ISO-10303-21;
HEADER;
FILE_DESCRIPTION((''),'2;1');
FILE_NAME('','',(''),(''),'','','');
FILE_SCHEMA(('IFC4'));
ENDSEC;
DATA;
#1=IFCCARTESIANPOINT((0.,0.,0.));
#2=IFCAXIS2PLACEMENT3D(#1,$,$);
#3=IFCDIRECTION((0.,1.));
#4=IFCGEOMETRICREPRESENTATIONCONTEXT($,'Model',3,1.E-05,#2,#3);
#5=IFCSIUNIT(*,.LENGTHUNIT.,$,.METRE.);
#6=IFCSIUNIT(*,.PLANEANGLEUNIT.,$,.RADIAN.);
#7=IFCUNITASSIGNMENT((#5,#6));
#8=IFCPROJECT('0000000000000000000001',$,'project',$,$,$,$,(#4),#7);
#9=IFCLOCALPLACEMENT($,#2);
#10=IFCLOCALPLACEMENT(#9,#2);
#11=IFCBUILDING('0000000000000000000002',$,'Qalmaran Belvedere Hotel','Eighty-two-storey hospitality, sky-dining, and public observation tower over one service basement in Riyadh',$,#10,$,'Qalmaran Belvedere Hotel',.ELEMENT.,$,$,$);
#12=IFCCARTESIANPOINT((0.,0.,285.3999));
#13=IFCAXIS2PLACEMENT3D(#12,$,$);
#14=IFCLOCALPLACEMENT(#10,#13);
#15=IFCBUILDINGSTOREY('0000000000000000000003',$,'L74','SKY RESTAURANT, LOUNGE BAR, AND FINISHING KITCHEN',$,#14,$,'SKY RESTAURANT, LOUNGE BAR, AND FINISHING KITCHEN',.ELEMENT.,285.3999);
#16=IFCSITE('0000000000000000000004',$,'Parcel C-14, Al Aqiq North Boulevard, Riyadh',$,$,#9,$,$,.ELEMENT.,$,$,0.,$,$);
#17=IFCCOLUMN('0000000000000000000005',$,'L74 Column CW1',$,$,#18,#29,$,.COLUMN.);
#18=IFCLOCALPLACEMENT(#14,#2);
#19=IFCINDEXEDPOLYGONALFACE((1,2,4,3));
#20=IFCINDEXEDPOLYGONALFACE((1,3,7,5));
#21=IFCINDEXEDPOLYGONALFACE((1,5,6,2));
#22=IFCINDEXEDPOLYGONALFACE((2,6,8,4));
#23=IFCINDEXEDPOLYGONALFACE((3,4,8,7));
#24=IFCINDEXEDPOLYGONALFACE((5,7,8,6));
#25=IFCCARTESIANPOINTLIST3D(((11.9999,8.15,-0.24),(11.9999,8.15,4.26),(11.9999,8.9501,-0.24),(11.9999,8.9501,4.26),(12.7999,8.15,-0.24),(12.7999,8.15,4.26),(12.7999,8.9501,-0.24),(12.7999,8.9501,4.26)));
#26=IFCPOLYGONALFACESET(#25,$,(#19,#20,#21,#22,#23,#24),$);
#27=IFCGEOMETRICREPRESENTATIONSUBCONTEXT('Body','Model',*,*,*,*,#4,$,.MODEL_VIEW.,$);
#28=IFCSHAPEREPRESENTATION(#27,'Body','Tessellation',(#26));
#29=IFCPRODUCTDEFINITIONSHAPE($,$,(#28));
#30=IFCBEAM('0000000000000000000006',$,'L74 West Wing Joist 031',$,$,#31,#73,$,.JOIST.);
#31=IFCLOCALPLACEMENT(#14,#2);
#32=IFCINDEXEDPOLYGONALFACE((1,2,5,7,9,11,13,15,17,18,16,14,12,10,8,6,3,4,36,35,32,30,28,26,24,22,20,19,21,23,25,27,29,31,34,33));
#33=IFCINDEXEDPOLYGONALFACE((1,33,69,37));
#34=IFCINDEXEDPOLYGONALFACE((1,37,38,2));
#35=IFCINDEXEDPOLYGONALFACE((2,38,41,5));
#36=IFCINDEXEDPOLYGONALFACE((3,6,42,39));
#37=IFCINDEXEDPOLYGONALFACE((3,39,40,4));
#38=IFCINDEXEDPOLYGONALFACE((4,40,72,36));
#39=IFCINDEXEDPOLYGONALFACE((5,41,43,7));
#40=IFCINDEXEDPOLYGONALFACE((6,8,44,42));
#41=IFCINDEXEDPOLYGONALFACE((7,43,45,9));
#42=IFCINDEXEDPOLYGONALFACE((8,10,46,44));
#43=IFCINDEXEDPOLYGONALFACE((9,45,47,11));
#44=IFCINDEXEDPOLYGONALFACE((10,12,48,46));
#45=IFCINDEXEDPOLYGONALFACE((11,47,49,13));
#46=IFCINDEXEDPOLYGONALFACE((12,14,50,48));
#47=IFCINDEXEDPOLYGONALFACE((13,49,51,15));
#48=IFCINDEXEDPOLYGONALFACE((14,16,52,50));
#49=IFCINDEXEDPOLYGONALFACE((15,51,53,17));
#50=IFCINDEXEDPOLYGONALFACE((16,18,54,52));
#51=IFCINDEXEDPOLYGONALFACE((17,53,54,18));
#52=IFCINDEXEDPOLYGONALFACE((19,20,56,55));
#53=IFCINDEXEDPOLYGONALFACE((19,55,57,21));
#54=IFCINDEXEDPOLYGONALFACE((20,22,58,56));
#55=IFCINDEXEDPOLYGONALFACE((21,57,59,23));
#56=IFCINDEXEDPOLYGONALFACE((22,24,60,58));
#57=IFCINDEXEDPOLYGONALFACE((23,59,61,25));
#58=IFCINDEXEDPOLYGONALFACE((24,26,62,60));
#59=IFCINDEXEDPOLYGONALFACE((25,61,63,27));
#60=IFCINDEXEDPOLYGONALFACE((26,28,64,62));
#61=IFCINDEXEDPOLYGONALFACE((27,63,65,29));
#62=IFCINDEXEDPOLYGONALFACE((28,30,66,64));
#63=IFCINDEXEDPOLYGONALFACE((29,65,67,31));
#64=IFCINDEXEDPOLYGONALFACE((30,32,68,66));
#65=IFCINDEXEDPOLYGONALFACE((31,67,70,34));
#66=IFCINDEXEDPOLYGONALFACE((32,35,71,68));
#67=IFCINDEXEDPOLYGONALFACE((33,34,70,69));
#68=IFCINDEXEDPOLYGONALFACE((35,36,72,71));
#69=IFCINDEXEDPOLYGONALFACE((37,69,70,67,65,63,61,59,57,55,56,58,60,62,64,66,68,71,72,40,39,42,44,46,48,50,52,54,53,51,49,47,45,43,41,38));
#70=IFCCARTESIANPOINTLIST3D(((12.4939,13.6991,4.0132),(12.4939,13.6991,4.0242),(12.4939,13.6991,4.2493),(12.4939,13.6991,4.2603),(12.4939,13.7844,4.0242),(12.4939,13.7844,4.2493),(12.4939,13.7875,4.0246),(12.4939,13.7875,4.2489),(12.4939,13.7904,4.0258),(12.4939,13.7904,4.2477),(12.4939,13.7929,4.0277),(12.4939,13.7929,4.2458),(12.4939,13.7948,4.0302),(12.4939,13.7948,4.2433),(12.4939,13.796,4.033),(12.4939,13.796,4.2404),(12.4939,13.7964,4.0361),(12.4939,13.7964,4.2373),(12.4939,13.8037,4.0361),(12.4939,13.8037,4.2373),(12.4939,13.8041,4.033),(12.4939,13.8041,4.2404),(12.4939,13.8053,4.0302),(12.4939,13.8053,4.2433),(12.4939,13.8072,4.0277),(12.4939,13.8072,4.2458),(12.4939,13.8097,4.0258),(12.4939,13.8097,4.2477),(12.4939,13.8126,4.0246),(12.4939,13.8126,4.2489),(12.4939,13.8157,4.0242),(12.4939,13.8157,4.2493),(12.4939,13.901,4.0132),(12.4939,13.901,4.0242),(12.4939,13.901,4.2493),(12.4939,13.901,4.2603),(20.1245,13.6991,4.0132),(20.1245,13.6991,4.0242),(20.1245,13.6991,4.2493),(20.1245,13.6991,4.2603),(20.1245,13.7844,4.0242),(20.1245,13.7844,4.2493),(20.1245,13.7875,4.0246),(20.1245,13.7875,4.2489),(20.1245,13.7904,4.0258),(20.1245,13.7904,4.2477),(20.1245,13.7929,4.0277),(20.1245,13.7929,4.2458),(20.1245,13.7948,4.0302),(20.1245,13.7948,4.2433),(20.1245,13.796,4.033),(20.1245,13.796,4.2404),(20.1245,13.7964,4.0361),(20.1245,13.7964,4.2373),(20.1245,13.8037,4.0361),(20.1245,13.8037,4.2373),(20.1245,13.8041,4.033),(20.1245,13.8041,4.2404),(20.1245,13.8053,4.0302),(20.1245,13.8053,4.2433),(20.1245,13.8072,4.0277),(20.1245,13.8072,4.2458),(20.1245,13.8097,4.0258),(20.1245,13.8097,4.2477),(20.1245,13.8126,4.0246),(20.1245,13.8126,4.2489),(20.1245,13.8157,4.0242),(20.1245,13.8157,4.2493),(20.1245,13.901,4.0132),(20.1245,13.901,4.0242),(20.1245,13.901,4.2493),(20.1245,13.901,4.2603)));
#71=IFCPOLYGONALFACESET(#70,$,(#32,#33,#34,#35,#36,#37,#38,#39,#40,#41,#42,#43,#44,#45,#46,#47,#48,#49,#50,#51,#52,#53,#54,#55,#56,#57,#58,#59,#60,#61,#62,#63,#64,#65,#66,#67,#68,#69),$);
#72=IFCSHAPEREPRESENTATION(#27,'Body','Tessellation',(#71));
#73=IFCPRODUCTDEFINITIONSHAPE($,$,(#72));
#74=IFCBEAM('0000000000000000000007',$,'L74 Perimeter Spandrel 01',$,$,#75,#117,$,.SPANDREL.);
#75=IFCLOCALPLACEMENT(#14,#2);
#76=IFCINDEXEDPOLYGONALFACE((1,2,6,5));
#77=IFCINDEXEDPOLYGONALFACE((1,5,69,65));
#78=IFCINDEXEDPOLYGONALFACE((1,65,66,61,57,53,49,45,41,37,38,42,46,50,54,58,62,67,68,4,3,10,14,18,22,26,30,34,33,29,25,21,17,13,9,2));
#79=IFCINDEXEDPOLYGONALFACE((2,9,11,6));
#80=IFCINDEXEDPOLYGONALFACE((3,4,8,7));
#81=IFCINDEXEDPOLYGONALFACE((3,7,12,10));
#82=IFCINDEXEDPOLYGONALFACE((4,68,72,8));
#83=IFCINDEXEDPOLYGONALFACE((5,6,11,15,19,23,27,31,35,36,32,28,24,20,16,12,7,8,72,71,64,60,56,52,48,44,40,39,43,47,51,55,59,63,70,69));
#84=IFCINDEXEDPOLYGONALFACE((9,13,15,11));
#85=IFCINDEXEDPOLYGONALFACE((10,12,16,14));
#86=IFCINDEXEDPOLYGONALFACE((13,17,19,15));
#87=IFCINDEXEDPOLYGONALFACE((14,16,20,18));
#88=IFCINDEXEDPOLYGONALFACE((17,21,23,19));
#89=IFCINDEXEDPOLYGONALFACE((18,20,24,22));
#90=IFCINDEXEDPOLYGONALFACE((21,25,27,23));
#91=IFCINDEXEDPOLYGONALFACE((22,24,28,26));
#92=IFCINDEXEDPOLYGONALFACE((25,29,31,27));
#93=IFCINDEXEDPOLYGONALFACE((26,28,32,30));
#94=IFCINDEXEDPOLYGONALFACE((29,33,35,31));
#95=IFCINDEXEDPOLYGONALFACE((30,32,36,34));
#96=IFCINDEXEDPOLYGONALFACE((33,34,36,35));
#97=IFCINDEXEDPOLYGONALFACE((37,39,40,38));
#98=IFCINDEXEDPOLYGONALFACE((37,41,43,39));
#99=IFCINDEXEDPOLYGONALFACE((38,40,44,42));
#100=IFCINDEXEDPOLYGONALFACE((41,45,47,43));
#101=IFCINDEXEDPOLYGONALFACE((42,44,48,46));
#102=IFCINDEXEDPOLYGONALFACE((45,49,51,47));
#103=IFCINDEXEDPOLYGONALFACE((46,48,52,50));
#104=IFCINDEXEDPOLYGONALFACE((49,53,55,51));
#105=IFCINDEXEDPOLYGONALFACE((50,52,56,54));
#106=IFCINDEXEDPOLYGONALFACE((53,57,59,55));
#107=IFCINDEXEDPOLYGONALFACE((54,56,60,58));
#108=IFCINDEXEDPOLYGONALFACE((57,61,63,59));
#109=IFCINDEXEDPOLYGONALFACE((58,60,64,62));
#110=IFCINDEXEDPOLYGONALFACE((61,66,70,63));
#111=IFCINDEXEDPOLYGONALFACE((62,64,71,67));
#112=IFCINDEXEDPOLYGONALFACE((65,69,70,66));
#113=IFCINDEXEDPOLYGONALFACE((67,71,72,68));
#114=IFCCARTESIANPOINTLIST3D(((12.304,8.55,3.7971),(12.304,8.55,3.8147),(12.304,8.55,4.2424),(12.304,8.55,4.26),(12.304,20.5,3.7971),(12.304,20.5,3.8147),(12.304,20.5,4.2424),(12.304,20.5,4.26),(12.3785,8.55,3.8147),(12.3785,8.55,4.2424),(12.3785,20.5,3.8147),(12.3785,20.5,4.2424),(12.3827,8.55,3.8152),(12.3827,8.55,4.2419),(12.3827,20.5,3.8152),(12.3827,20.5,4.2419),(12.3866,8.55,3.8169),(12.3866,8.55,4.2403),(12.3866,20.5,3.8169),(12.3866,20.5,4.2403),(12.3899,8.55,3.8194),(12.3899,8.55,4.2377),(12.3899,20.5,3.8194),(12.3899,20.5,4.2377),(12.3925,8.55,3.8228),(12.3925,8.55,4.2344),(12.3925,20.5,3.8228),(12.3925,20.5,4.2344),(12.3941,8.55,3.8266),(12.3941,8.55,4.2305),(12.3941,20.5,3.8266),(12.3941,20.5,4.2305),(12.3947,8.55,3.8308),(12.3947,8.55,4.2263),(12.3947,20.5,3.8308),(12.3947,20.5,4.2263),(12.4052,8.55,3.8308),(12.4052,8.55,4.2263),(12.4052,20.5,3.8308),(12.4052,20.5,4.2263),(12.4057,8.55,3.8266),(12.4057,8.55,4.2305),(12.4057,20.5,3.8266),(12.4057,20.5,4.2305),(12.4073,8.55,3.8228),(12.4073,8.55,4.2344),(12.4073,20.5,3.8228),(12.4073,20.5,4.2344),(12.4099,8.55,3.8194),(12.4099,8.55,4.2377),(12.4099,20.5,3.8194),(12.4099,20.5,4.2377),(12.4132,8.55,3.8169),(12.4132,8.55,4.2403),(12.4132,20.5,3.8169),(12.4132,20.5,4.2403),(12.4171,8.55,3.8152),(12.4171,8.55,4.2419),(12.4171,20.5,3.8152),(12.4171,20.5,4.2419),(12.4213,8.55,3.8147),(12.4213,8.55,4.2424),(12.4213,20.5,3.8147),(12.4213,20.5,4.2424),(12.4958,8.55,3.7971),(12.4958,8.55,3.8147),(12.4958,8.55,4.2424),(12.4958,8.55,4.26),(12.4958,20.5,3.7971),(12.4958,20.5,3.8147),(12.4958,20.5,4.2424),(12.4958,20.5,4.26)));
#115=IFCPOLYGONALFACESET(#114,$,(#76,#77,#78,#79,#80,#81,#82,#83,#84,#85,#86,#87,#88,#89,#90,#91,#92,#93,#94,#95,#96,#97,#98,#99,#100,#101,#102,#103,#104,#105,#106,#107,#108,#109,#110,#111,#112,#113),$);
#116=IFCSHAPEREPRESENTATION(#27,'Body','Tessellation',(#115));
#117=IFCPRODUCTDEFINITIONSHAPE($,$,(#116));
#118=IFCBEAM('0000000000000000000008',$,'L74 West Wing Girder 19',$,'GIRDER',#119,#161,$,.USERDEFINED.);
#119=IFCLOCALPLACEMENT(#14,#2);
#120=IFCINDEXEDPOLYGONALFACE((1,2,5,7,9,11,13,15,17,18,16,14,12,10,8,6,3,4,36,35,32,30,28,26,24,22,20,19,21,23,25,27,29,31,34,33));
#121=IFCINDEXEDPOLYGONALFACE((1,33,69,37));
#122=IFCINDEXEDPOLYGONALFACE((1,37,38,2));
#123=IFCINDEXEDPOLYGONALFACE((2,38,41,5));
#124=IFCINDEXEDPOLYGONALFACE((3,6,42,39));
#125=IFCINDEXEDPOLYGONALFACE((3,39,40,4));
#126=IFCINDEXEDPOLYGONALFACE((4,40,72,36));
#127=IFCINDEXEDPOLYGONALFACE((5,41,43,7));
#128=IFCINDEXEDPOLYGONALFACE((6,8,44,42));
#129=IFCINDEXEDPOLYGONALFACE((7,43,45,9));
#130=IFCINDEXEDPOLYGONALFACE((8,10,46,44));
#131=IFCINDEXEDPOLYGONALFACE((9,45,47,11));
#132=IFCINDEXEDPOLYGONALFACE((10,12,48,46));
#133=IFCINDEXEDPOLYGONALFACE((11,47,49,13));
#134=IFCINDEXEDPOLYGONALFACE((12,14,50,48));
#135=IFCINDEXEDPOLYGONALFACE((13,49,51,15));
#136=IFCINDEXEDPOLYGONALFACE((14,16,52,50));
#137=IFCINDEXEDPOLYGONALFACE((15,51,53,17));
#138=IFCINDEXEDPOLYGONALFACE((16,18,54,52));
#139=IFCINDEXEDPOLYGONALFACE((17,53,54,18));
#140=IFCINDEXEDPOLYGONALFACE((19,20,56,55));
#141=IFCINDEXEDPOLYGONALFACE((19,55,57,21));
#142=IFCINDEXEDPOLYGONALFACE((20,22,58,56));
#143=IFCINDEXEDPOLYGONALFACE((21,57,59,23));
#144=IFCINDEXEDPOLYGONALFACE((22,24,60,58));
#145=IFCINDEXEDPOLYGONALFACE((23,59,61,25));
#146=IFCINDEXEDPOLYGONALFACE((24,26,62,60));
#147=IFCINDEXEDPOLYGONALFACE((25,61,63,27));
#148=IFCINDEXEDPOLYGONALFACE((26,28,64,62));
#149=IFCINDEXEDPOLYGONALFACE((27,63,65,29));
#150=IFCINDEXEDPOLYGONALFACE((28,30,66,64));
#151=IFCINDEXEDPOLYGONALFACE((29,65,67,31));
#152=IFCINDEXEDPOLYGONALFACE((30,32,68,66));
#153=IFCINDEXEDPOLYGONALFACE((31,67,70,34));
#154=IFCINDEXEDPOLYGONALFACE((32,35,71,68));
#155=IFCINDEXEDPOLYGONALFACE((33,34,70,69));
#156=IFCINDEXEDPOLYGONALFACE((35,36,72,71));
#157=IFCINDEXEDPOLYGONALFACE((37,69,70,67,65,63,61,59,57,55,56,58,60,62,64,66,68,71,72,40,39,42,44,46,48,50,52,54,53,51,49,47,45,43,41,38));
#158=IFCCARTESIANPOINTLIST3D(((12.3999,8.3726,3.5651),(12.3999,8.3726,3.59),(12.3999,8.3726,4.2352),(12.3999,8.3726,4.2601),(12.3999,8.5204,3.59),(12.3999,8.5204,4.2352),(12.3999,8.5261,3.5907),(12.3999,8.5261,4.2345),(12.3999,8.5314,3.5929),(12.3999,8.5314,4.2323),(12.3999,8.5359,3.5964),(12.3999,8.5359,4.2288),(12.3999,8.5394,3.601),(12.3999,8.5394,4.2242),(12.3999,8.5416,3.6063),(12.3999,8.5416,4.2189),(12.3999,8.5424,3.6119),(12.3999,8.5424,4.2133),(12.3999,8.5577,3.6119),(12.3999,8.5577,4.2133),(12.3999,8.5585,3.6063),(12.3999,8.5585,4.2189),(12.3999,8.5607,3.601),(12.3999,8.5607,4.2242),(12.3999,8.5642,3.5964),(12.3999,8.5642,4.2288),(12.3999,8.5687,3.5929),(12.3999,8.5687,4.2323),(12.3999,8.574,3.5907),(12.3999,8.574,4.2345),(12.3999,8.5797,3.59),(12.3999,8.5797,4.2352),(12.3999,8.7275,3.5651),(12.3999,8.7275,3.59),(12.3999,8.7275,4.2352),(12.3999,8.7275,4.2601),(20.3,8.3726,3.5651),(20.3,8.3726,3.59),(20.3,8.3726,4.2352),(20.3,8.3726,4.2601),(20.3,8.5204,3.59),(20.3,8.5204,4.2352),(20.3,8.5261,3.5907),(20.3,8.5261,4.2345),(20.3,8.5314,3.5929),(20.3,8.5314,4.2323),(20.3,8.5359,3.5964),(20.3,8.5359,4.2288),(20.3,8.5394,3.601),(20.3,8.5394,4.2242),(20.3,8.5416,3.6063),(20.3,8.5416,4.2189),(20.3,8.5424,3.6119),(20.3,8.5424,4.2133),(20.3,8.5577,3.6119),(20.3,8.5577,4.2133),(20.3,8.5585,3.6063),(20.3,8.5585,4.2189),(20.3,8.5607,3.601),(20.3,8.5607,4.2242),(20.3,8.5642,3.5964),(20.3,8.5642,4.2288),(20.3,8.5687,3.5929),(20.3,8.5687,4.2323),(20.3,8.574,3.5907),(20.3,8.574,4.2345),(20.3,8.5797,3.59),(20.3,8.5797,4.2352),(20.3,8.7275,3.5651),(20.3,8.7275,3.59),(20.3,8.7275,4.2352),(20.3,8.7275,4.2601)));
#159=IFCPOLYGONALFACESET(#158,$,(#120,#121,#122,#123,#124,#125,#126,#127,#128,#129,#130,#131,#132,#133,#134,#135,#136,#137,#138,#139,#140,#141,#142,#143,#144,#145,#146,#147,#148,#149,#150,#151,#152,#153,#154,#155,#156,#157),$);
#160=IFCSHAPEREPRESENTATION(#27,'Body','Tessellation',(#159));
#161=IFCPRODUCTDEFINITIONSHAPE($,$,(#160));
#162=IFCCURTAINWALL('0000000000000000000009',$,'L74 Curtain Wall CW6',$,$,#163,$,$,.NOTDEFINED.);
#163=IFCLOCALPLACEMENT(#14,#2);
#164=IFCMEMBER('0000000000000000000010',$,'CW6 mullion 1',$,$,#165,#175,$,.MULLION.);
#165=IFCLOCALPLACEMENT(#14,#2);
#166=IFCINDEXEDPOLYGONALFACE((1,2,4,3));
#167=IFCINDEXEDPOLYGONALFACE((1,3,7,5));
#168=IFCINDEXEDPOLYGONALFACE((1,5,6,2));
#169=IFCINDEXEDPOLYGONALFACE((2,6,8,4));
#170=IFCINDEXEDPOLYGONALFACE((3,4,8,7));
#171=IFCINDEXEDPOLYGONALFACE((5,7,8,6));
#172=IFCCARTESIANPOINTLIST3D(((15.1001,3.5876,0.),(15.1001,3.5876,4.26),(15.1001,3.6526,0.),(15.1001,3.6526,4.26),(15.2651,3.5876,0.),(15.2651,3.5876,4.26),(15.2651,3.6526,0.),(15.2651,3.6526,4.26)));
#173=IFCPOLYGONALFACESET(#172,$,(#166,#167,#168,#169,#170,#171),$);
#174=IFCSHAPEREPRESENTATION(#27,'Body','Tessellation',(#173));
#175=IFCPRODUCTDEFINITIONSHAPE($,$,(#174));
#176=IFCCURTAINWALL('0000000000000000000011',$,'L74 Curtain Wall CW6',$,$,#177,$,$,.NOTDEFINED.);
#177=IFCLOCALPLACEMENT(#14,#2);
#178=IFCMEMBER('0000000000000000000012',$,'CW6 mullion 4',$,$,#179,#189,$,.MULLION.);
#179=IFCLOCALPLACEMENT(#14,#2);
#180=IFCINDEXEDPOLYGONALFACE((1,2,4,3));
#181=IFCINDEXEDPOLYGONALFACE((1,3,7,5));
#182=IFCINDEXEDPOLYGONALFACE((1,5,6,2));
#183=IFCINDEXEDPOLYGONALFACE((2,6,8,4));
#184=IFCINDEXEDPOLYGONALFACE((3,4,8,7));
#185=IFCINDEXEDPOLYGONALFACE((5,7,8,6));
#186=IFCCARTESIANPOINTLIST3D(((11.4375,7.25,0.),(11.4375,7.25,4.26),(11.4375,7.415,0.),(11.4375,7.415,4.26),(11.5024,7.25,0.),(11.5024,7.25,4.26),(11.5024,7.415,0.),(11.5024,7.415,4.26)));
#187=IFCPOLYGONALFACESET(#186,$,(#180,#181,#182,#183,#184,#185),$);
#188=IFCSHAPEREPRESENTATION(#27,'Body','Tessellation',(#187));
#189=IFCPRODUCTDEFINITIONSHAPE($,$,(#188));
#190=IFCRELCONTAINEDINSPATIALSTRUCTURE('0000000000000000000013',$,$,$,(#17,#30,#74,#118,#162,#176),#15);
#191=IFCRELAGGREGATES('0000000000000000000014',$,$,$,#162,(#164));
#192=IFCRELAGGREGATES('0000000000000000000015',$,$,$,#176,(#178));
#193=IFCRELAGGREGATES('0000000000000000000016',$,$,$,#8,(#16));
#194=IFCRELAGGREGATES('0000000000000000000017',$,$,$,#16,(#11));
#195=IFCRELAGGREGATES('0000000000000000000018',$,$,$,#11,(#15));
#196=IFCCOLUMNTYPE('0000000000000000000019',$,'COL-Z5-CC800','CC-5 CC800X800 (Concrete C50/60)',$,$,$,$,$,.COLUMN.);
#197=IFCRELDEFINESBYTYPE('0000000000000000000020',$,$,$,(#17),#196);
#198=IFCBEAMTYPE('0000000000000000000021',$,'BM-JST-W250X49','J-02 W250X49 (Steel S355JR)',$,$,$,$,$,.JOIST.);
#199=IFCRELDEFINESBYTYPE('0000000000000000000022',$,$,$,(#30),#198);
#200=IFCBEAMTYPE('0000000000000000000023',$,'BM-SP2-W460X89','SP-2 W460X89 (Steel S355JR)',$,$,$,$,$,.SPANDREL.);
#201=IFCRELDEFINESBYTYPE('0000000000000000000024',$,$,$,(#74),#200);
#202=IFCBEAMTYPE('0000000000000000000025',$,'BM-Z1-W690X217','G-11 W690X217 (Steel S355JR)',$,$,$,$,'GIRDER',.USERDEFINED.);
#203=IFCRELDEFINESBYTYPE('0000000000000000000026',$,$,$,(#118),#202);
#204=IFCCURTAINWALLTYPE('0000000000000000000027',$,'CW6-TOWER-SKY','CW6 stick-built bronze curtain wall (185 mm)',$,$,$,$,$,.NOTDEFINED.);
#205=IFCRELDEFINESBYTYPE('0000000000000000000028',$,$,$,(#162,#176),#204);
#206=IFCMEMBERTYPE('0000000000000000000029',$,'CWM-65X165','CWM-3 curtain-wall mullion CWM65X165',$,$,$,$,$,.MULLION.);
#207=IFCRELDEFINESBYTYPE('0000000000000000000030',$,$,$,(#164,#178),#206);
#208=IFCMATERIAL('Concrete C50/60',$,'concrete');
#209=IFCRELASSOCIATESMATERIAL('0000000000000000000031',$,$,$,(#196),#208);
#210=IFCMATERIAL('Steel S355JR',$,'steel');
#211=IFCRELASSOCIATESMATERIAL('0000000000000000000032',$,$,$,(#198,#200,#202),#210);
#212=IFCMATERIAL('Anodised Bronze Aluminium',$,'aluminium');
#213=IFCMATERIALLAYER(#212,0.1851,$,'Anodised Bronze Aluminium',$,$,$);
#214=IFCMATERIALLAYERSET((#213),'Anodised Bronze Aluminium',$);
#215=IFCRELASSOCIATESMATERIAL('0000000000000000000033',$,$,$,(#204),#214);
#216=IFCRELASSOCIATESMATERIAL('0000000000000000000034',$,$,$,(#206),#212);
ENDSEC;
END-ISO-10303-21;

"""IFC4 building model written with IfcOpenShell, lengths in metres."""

from ifc_helpers import new_model, si_unit, direction, frame, origin, origin_2d, place, context, subcontext, project, spatial, rectangle, i_section, extrude, material, layer, layer_set, material_profile, profile_set, type_object, element, aggregate, save


model = new_model("IFC4")

# Units and contexts
model_context = context("Model", 3, precision=1e-05, world=origin(), true_north=direction((0.0, 1.0)))
body_context = subcontext(model_context, "Body", "Model", "MODEL_VIEW")
ifc_project = project(units=[si_unit("LENGTHUNIT", "METRE"), si_unit("PLANEANGLEUNIT", "RADIAN")], contexts=[model_context])

# Site, building, storey
site_placement = place(None, origin())
site = spatial("IfcSite", under=ifc_project, at=site_placement, Name="Parcel C-14, Al Aqiq North Boulevard, Riyadh", CompositionType="ELEMENT", RefElevation=0.0)
building_placement = place(site_placement, origin())
building = spatial("IfcBuilding", under=site, at=building_placement, Name="Qalmaran Belvedere Hotel", Description="Eighty-two-storey hospitality, sky-dining, and public observation tower over one service basement in Riyadh", LongName="Qalmaran Belvedere Hotel", CompositionType="ELEMENT")
storey_placement = place(building_placement, frame((0.0, 0.0, 285.3999)))
storey = spatial("IfcBuildingStorey", under=building, at=storey_placement, Name="L74", Description="SKY RESTAURANT, LOUNGE BAR, AND FINISHING KITCHEN", LongName="SKY RESTAURANT, LOUNGE BAR, AND FINISHING KITCHEN", CompositionType="ELEMENT", Elevation=285.3999)

# Column
ifc_material_1 = material(Name="Concrete C50/60", Category="concrete")
ifc_material_profile_1 = material_profile(ifc_material_1, rectangle(XDim=0.8, YDim=0.8, at=origin_2d()), Name="CC800X800")
ifc_profile_set_1 = profile_set([ifc_material_profile_1], Name="Concrete C50/60")
column_type = type_object("IfcColumnType", Name="COL-Z5-CC800", Description="CC-5 CC800X800 (Concrete C50/60)", PredefinedType="COLUMN", material=ifc_profile_set_1)
column_placement = place(storey_placement, frame((12.3999, 8.55, -0.24), z_axis=(0.0, 0.0, 1.0), x_axis=(1.0, 0.0, 0.0)))
element("IfcColumn", 1, at=column_placement, inside=storey, type_object=column_type, Name="L74 Column CW1", PredefinedType="COLUMN", context=body_context, shape_type="SweptSolid", body=[
    extrude(rectangle(XDim=0.8, YDim=0.8, at=origin_2d()), origin(), (0.0, 0.0, 1.0), 4.5),
])

# Beams
ifc_material_2 = material(Name="Steel S355JR", Category="steel")
ifc_material_profile_2 = material_profile(ifc_material_2, i_section(OverallWidth=0.2019, OverallDepth=0.2471, WebThickness=0.0073, FlangeThickness=0.011, FilletRadius=0.012, at=origin_2d()), Name="W250X49")
ifc_profile_set_2 = profile_set([ifc_material_profile_2], Name="Steel S355JR")
beam_type_1 = type_object("IfcBeamType", Name="BM-JST-W250X49", Description="J-02 W250X49 (Steel S355JR)", PredefinedType="JOIST", material=ifc_profile_set_2)
beam_1_placement = place(storey_placement, frame((12.4939, 13.8, 4.1367), z_axis=(1.0, 0.0, 0.0), x_axis=(0.0, 1.0, 0.0)))
element("IfcBeam", 2, at=beam_1_placement, inside=storey, type_object=beam_type_1, Name="L74 West Wing Joist 031", PredefinedType="JOIST", context=body_context, shape_type="SweptSolid", body=[
    extrude(i_section(OverallWidth=0.2019, OverallDepth=0.2471, WebThickness=0.0073, FlangeThickness=0.011, FilletRadius=0.012, at=origin_2d()), origin(), (0.0, 0.0, 1.0), 7.6306),
])
ifc_material_profile_3 = material_profile(ifc_material_2, i_section(OverallWidth=0.1919, OverallDepth=0.4629, WebThickness=0.0105, FlangeThickness=0.0176, FilletRadius=0.0161, at=origin_2d()), Name="W460X89")
ifc_profile_set_3 = profile_set([ifc_material_profile_3], Name="Steel S355JR")
beam_type_2 = type_object("IfcBeamType", Name="BM-SP2-W460X89", Description="SP-2 W460X89 (Steel S355JR)", PredefinedType="SPANDREL", material=ifc_profile_set_3)
beam_2_placement = place(storey_placement, frame((12.3999, 8.55, 4.0286), z_axis=(0.0, 1.0, 0.0), x_axis=(-1.0, 0.0, 0.0)))
element("IfcBeam", 3, at=beam_2_placement, inside=storey, type_object=beam_type_2, Name="L74 Perimeter Spandrel 01", PredefinedType="SPANDREL", context=body_context, shape_type="SweptSolid", body=[
    extrude(i_section(OverallWidth=0.1919, OverallDepth=0.4629, WebThickness=0.0105, FlangeThickness=0.0176, FilletRadius=0.0161, at=origin_2d()), origin(), (0.0, 0.0, 1.0), 11.95),
])
ifc_material_profile_4 = material_profile(ifc_material_2, i_section(OverallWidth=0.355, OverallDepth=0.6951, WebThickness=0.0154, FlangeThickness=0.0249, FilletRadius=0.022, at=origin_2d()), Name="W690X217")
ifc_profile_set_4 = profile_set([ifc_material_profile_4], Name="Steel S355JR")
beam_type_3 = type_object("IfcBeamType", Name="BM-Z1-W690X217", Description="G-11 W690X217 (Steel S355JR)", ElementType="GIRDER", PredefinedType="USERDEFINED", material=ifc_profile_set_4)
beam_3_placement = place(storey_placement, frame((12.3999, 8.55, 3.9126), z_axis=(1.0, 0.0, 0.0), x_axis=(0.0, 1.0, 0.0)))
element("IfcBeam", 4, at=beam_3_placement, inside=storey, type_object=beam_type_3, Name="L74 West Wing Girder 19", ObjectType="GIRDER", PredefinedType="USERDEFINED", context=body_context, shape_type="SweptSolid", body=[
    extrude(i_section(OverallWidth=0.355, OverallDepth=0.6951, WebThickness=0.0154, FlangeThickness=0.0249, FilletRadius=0.022, at=origin_2d()), origin(), (0.0, 0.0, 1.0), 7.9001),
])

# Curtain walls, members
ifc_material_3 = material(Name="Anodised Bronze Aluminium", Category="aluminium")
ifc_layer_1 = layer(ifc_material_3, 0.1851, Name="Anodised Bronze Aluminium")
ifc_layer_set_1 = layer_set([ifc_layer_1], Name="Anodised Bronze Aluminium")
curtain_wall_type = type_object("IfcCurtainWallType", Name="CW6-TOWER-SKY", Description="CW6 stick-built bronze curtain wall (185 mm)", PredefinedType="NOTDEFINED", material=ifc_layer_set_1)
curtain_wall_1_placement = place(storey_placement, origin())
curtain_wall_1 = element("IfcCurtainWall", 5, at=curtain_wall_1_placement, inside=storey, type_object=curtain_wall_type, Name="L74 Curtain Wall CW6", PredefinedType="NOTDEFINED")
ifc_material_profile_5 = material_profile(ifc_material_3, rectangle(XDim=0.0649, YDim=0.165, at=origin_2d()), Name="CWM65X165")
ifc_profile_set_5 = profile_set([ifc_material_profile_5], Name="Anodised Bronze Aluminium")
member_type_1 = type_object("IfcMemberType", Name="CWM-65X165", Description="CWM-3 curtain-wall mullion CWM65X165", PredefinedType="MULLION", material=ifc_profile_set_5)
member_1_placement = place(storey_placement, frame((15.1826, 3.6201, 0.0), z_axis=(0.0, 0.0, 1.0), x_axis=(0.0, 1.0, 0.0)))
member_1 = element("IfcMember", 6, at=member_1_placement, type_object=member_type_1, Name="CW6 mullion 1", PredefinedType="MULLION", context=body_context, shape_type="SweptSolid", body=[
    extrude(rectangle(XDim=0.0649, YDim=0.165, at=origin_2d()), origin(), (0.0, 0.0, 1.0), 4.26),
])
curtain_wall_2_placement = place(storey_placement, origin())
curtain_wall_2 = element("IfcCurtainWall", 7, at=curtain_wall_2_placement, inside=storey, type_object=curtain_wall_type, Name="L74 Curtain Wall CW6", PredefinedType="NOTDEFINED")
member_2_placement = place(storey_placement, frame((11.47, 7.3325, 0.0), z_axis=(0.0, 0.0, 1.0), x_axis=(1.0, 0.0, 0.0)))
member_2 = element("IfcMember", 8, at=member_2_placement, type_object=member_type_1, Name="CW6 mullion 4", PredefinedType="MULLION", context=body_context, shape_type="SweptSolid", body=[
    extrude(rectangle(XDim=0.0649, YDim=0.165, at=origin_2d()), origin(), (0.0, 0.0, 1.0), 4.26),
])

aggregate(curtain_wall_1, [member_1])

aggregate(curtain_wall_2, [member_2])

save(model, "model.ifc")
